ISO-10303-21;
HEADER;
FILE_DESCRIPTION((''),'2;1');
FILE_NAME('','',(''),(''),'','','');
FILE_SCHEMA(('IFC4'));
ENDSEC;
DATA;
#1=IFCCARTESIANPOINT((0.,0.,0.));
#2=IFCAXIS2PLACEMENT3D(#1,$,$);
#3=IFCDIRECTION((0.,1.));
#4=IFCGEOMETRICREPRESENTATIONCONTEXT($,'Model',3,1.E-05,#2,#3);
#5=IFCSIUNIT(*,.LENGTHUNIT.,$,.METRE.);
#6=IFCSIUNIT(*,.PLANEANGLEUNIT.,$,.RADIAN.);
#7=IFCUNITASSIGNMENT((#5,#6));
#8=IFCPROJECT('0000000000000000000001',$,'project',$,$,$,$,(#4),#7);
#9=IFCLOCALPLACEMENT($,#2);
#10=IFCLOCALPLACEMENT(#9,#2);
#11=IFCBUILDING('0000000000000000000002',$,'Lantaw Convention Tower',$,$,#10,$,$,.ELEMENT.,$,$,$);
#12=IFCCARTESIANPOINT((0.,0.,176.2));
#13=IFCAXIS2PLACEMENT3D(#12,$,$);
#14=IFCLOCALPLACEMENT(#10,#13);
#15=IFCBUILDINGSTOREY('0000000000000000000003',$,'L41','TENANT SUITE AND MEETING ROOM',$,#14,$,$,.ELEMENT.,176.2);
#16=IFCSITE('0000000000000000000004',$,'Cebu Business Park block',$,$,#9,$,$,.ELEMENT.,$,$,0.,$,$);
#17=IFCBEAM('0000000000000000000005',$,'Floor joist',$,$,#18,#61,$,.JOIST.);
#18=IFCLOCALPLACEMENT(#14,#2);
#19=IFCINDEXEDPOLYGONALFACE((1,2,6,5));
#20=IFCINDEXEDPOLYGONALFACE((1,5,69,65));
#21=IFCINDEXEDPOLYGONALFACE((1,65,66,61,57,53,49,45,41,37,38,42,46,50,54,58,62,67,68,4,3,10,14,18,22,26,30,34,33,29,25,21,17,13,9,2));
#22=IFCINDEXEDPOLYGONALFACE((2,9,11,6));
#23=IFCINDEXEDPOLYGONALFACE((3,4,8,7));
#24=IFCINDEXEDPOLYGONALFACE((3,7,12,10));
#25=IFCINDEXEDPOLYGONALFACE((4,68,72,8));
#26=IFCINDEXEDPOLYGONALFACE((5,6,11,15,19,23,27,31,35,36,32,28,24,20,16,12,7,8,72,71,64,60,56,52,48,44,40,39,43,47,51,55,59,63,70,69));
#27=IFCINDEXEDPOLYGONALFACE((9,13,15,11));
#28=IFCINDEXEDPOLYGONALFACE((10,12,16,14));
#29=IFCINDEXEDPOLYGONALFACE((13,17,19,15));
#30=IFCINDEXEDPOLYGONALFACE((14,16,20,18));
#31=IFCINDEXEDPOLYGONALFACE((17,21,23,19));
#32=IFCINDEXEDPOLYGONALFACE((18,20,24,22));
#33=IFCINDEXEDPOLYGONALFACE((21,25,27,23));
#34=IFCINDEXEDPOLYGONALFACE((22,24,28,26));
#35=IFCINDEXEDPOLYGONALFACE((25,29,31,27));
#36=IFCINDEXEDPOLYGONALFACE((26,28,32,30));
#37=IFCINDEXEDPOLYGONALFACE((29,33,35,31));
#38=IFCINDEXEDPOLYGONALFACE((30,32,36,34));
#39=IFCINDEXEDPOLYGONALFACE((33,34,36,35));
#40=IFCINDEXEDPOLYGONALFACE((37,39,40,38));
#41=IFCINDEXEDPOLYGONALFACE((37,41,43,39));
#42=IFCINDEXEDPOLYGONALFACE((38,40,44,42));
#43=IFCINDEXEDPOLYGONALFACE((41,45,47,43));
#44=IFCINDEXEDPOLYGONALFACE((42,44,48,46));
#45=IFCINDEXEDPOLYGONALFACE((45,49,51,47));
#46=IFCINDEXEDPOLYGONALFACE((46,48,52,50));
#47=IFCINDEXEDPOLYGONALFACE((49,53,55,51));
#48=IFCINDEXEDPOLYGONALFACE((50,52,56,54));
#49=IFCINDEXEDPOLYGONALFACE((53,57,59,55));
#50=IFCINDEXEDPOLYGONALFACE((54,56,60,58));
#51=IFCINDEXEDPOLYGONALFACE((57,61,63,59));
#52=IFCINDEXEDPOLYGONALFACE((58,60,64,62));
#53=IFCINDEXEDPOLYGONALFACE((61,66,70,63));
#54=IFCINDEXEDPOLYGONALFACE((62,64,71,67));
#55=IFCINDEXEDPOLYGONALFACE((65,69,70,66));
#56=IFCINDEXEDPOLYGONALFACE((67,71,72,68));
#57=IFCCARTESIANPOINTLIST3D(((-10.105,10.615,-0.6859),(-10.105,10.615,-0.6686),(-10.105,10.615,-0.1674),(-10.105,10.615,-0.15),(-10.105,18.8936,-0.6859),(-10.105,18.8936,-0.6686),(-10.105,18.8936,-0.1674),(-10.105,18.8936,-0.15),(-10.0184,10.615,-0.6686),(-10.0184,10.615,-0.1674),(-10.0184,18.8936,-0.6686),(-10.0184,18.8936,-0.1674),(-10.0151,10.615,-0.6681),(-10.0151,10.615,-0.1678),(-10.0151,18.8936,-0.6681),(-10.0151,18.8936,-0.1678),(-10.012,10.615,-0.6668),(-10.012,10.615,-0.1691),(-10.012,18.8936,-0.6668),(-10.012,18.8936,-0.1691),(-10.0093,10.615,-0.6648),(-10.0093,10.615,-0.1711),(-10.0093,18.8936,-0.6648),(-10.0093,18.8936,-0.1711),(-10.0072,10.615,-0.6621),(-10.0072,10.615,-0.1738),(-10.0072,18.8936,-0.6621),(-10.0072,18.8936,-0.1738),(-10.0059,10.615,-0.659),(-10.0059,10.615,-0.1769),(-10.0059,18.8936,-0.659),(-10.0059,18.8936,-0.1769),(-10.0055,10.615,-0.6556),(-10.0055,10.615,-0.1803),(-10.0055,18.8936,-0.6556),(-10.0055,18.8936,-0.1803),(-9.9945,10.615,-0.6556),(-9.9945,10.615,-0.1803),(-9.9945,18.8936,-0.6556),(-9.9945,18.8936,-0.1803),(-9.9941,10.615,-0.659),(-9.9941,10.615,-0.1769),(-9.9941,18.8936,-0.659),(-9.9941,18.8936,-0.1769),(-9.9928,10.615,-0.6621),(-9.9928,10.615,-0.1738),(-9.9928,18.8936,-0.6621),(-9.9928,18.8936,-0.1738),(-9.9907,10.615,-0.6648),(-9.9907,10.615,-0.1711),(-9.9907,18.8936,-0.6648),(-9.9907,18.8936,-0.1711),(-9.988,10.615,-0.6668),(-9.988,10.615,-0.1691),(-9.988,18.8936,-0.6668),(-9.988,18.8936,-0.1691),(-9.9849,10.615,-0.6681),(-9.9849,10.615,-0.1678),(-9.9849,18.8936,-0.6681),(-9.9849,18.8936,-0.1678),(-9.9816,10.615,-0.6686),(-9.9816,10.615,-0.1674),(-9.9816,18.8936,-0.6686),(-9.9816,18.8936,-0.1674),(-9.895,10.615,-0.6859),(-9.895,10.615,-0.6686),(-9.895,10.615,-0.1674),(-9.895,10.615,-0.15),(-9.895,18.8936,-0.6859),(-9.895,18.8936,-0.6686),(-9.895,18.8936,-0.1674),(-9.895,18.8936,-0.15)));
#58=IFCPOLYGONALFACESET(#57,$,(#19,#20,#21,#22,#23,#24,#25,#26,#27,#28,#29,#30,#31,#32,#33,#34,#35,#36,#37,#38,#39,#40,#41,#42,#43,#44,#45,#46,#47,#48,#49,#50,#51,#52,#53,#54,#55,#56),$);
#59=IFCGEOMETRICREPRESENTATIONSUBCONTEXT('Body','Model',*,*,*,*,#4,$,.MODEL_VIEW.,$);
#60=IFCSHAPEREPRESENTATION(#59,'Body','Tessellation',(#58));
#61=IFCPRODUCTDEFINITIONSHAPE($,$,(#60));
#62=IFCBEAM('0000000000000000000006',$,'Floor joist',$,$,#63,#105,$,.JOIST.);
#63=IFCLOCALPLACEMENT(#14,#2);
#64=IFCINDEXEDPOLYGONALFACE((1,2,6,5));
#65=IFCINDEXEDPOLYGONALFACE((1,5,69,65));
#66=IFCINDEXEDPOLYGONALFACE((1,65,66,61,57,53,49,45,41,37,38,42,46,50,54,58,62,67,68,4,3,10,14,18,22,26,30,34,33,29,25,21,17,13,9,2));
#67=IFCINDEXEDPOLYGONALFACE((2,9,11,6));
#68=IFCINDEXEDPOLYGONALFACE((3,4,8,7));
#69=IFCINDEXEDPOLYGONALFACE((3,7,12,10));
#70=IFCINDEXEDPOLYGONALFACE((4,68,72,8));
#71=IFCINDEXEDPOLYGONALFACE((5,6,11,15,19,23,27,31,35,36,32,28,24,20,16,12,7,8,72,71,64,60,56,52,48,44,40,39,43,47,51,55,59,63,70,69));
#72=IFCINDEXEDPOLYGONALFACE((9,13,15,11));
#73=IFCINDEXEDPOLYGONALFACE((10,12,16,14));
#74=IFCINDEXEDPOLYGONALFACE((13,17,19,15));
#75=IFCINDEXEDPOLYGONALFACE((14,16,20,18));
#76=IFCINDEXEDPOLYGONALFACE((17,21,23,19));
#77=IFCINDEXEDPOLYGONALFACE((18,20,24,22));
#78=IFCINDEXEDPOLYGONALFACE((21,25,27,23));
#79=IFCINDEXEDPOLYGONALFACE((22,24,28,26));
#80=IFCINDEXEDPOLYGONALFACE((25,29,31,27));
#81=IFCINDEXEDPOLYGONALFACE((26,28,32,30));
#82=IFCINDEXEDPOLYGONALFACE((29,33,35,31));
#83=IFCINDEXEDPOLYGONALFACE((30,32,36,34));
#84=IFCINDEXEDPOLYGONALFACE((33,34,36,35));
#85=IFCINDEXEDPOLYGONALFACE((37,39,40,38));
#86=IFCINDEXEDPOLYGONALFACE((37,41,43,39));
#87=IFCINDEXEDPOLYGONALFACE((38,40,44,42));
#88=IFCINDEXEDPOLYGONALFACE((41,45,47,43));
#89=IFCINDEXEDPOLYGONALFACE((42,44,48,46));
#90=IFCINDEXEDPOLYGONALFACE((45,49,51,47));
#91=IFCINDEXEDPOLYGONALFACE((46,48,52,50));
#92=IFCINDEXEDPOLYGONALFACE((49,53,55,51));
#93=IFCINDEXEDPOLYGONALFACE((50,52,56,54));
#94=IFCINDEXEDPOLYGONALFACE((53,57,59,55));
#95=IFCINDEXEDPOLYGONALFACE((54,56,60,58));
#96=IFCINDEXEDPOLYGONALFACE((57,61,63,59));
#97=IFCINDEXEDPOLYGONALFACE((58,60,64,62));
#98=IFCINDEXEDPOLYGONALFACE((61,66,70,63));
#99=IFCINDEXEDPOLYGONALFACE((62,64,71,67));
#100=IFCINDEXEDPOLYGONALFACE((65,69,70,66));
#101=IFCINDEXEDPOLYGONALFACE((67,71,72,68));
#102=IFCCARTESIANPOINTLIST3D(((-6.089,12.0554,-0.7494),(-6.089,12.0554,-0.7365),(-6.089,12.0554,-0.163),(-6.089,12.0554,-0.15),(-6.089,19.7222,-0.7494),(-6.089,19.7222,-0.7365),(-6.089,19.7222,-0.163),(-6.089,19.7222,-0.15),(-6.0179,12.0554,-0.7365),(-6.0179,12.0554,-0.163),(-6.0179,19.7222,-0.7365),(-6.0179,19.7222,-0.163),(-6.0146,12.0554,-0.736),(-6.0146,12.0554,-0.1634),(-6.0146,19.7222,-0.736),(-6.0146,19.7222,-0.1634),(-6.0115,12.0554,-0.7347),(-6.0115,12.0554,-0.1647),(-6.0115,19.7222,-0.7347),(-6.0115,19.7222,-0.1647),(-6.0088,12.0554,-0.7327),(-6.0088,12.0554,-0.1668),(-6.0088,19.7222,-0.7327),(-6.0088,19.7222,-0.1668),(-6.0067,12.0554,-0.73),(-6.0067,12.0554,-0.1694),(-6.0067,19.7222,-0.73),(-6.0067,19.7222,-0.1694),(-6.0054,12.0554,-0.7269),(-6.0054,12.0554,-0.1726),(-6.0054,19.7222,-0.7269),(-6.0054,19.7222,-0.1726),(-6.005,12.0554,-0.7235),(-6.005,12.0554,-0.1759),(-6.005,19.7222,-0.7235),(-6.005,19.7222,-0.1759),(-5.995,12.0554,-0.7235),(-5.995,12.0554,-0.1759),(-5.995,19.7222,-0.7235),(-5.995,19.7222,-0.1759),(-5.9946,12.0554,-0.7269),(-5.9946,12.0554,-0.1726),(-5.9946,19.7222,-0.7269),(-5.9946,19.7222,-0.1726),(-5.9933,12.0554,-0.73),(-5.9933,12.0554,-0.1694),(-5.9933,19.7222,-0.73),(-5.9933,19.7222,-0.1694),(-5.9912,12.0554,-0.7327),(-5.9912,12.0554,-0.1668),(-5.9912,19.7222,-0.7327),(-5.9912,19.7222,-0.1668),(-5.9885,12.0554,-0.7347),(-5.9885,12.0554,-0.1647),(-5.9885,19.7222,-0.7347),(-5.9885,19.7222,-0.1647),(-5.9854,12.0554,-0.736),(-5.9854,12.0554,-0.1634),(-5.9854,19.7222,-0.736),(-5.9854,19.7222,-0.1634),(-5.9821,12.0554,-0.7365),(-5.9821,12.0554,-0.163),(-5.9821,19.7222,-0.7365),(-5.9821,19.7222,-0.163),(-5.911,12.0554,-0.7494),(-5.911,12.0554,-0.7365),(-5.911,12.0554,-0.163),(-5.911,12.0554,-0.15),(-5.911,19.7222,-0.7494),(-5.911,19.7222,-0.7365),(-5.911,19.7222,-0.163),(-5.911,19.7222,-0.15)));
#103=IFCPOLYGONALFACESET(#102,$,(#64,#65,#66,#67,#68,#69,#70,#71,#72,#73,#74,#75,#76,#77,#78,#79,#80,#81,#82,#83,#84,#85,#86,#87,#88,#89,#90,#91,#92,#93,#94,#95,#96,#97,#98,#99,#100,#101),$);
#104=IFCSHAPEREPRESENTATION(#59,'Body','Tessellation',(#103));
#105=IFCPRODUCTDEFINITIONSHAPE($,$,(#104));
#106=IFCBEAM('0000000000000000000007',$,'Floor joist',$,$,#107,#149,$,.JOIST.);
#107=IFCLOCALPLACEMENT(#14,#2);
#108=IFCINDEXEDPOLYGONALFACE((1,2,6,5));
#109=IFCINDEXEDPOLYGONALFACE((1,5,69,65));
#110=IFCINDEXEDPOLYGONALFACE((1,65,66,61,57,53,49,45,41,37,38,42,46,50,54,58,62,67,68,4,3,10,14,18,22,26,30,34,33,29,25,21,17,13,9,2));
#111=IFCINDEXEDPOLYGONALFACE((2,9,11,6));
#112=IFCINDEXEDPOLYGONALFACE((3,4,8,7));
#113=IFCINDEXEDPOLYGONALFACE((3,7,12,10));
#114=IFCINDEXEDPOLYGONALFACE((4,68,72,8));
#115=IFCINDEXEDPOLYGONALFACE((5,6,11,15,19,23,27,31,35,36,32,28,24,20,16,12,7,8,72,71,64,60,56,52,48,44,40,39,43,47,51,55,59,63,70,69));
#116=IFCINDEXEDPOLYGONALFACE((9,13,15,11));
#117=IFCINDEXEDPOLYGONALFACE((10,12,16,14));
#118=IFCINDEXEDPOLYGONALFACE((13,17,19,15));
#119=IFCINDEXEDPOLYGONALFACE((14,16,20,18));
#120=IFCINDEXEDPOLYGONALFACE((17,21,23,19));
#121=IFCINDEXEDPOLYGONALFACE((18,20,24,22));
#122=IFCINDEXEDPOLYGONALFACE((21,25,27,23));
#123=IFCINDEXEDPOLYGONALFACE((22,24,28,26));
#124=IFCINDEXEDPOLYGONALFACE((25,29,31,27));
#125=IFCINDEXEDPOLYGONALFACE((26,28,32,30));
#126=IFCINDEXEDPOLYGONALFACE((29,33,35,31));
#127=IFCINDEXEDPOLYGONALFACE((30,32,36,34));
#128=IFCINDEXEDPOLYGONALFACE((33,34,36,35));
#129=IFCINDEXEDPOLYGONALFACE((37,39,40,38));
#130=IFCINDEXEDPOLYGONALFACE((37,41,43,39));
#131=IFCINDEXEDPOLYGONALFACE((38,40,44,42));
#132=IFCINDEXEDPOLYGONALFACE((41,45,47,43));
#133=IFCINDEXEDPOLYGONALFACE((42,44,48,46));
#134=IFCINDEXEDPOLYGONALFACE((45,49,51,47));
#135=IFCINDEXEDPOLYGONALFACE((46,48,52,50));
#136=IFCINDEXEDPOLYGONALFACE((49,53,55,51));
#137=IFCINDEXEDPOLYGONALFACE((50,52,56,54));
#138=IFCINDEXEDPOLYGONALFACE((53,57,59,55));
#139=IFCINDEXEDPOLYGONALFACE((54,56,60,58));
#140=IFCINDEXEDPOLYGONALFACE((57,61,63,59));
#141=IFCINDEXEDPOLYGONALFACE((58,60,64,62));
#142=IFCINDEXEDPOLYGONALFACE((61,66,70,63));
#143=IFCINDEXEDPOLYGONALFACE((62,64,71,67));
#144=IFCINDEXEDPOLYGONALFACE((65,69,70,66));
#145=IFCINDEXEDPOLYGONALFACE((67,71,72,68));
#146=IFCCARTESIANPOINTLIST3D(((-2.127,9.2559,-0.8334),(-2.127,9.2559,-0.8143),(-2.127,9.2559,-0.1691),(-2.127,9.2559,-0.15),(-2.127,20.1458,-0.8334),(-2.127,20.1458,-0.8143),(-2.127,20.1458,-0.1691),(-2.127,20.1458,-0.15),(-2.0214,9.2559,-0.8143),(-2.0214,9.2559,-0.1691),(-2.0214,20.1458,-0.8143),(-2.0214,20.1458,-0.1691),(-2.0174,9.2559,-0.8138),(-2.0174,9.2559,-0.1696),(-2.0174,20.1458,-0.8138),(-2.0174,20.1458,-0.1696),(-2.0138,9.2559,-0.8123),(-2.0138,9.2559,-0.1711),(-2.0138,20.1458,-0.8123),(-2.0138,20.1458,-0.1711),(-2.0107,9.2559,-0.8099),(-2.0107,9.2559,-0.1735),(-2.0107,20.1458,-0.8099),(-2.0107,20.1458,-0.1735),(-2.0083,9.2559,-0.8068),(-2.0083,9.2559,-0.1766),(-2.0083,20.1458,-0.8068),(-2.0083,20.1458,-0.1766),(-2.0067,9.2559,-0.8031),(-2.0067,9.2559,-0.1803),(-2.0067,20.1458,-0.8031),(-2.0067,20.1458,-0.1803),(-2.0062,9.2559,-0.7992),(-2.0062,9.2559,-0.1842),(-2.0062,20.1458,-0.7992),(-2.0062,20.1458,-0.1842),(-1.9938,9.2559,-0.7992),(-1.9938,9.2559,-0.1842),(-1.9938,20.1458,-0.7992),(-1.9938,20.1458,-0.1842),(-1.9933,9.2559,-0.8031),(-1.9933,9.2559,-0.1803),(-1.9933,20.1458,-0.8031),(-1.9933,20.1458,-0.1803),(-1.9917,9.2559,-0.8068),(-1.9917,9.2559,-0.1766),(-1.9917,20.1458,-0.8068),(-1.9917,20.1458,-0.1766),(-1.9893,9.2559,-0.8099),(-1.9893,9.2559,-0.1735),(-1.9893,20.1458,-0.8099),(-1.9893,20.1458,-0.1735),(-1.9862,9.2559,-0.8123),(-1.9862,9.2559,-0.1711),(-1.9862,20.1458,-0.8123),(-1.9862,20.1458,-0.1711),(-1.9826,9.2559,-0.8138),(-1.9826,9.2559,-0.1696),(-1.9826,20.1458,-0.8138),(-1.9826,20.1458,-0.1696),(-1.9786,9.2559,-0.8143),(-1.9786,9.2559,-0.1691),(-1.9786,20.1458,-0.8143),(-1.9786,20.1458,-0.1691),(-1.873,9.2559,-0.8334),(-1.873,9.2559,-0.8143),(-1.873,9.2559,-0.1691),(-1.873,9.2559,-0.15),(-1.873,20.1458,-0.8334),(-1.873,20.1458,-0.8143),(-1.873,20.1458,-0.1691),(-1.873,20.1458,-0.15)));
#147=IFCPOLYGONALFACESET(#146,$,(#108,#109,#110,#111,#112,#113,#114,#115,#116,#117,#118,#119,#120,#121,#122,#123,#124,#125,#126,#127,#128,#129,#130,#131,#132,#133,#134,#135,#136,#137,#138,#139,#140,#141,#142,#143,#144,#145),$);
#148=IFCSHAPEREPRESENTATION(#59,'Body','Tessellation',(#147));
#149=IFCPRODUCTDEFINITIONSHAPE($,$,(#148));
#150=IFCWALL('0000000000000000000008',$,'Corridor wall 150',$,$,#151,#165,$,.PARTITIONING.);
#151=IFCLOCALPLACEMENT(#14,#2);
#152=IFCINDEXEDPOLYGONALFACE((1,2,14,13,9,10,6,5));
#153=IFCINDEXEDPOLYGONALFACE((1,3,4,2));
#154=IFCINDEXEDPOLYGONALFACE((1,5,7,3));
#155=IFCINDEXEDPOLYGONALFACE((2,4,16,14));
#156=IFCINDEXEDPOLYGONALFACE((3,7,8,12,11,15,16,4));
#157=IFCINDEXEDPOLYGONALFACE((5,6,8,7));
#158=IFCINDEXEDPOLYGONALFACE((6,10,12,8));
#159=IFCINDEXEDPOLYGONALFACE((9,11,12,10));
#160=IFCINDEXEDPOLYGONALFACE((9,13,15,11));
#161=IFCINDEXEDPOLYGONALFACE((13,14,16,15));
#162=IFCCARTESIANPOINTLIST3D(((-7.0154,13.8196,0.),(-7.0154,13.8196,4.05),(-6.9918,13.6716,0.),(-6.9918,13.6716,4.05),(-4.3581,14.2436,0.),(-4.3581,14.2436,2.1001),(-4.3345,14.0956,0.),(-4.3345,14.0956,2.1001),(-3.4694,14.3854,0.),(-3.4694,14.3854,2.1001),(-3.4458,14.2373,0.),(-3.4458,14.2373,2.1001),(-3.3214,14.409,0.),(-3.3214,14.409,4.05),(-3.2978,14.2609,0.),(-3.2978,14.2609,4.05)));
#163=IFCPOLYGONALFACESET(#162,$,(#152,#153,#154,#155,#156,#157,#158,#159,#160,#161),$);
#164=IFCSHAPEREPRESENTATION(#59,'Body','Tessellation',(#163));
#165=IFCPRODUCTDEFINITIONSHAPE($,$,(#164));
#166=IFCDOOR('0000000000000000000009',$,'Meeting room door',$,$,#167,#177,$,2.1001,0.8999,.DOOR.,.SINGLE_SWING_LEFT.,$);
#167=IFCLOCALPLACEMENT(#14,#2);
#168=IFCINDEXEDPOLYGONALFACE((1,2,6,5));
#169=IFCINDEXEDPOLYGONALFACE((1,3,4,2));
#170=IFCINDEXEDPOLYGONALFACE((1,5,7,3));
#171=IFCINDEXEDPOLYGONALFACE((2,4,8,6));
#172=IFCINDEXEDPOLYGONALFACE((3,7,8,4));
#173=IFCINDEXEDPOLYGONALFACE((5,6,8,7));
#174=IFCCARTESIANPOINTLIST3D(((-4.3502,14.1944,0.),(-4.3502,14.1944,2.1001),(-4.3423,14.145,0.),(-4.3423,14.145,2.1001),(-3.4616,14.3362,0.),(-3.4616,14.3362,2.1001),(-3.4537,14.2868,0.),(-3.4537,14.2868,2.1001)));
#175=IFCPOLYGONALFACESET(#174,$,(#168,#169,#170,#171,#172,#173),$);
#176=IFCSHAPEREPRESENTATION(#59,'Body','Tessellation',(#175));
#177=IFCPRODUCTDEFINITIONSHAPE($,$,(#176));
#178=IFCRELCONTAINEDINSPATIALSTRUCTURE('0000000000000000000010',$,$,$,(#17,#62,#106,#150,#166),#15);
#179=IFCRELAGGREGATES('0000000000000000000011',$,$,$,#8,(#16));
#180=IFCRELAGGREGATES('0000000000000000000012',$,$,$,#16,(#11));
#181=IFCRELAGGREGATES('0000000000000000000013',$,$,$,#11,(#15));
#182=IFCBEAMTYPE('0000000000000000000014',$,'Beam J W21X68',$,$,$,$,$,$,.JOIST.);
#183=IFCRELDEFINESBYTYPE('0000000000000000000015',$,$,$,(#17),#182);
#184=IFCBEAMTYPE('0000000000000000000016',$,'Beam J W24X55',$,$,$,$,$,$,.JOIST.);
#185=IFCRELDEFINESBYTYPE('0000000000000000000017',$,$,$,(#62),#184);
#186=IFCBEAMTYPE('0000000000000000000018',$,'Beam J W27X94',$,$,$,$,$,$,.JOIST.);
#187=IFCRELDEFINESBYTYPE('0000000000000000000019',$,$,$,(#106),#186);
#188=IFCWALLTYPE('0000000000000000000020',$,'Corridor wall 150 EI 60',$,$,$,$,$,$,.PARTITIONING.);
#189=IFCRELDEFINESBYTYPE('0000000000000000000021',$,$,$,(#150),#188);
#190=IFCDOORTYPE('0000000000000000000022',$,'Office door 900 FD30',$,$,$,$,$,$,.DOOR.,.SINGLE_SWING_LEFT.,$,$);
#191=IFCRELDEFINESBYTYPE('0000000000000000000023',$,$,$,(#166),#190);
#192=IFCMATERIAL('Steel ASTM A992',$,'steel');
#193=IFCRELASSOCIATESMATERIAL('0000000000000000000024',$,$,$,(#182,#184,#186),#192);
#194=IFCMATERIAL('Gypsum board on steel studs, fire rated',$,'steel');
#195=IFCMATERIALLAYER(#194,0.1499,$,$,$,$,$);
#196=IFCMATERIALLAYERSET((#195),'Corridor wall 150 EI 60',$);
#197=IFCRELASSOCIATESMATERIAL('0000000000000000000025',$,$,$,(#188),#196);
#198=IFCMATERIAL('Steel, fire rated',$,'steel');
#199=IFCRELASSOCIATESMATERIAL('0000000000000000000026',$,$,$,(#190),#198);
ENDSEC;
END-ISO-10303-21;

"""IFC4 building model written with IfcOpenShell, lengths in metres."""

from ifc_helpers import new_model, si_unit, direction, frame, frame_2d, origin, origin_2d, place, context, subcontext, project, spatial, rectangle, i_section, extrude, material, layer, layer_set, material_profile, profile_set, type_object, element, fill, save


model = new_model("IFC4")

# Units and contexts
model_context = context("Model", 3, precision=1e-05, world=origin(), true_north=direction((0.0, 1.0)))
body_context = subcontext(model_context, "Body", "Model", "MODEL_VIEW")
ifc_project = project(units=[si_unit("LENGTHUNIT", "METRE"), si_unit("PLANEANGLEUNIT", "RADIAN")], contexts=[model_context])

# Site, building, storey
site_placement = place(None, origin())
site = spatial("IfcSite", under=ifc_project, at=site_placement, Name="Cebu Business Park block", CompositionType="ELEMENT", RefElevation=0.0)
building_placement = place(site_placement, origin())
building = spatial("IfcBuilding", under=site, at=building_placement, Name="Lantaw Convention Tower", CompositionType="ELEMENT")
storey_placement = place(building_placement, frame((0.0, 0.0, 176.2)))
storey = spatial("IfcBuildingStorey", under=building, at=storey_placement, Name="L41", Description="TENANT SUITE AND MEETING ROOM", CompositionType="ELEMENT", Elevation=176.2)

# Beams
ifc_material_1 = material(Name="Steel ASTM A992", Category="steel")
ifc_material_profile_1 = material_profile(ifc_material_1, i_section(OverallWidth=0.21, OverallDepth=0.5359, WebThickness=0.011, FlangeThickness=0.0173, FilletRadius=0.0129, at=origin_2d()), Name="W21X68")
ifc_profile_set_1 = profile_set([ifc_material_profile_1], Name="Steel ASTM A992")
beam_type_1 = type_object("IfcBeamType", Name="Beam J W21X68", PredefinedType="JOIST", material=ifc_profile_set_1)
beam_1_placement = place(storey_placement, frame((-10.0, 10.615, -0.418), z_axis=(0.0, 1.0, 0.0), x_axis=(-1.0, 0.0, 0.0)))
element("IfcBeam", 1, at=beam_1_placement, inside=storey, type_object=beam_type_1, Name="Floor joist", PredefinedType="JOIST", context=body_context, shape_type="SweptSolid", body=[
    extrude(i_section(OverallWidth=0.21, OverallDepth=0.5359, WebThickness=0.011, FlangeThickness=0.0173, FilletRadius=0.0129, at=origin_2d()), origin(), (0.0, 0.0, 1.0), 8.2786),
])
ifc_material_profile_2 = material_profile(ifc_material_1, i_section(OverallWidth=0.178, OverallDepth=0.5994, WebThickness=0.01, FlangeThickness=0.0129, FilletRadius=0.0129, at=origin_2d()), Name="W24X55")
ifc_profile_set_2 = profile_set([ifc_material_profile_2], Name="Steel ASTM A992")
beam_type_2 = type_object("IfcBeamType", Name="Beam J W24X55", PredefinedType="JOIST", material=ifc_profile_set_2)
beam_2_placement = place(storey_placement, frame((-6.0, 12.0554, -0.4497), z_axis=(0.0, 1.0, 0.0), x_axis=(-1.0, 0.0, 0.0)))
element("IfcBeam", 2, at=beam_2_placement, inside=storey, type_object=beam_type_2, Name="Floor joist", PredefinedType="JOIST", context=body_context, shape_type="SweptSolid", body=[
    extrude(i_section(OverallWidth=0.178, OverallDepth=0.5994, WebThickness=0.01, FlangeThickness=0.0129, FilletRadius=0.0129, at=origin_2d()), origin(), (0.0, 0.0, 1.0), 7.6667),
])
ifc_material_profile_3 = material_profile(ifc_material_1, i_section(OverallWidth=0.2539, OverallDepth=0.6833, WebThickness=0.0125, FlangeThickness=0.019, FilletRadius=0.0151, at=origin_2d()), Name="W27X94")
ifc_profile_set_3 = profile_set([ifc_material_profile_3], Name="Steel ASTM A992")
beam_type_3 = type_object("IfcBeamType", Name="Beam J W27X94", PredefinedType="JOIST", material=ifc_profile_set_3)
beam_3_placement = place(storey_placement, frame((-2.0, 9.2559, -0.4917), z_axis=(0.0, 1.0, 0.0), x_axis=(-1.0, 0.0, 0.0)))
element("IfcBeam", 3, at=beam_3_placement, inside=storey, type_object=beam_type_3, Name="Floor joist", PredefinedType="JOIST", context=body_context, shape_type="SweptSolid", body=[
    extrude(i_section(OverallWidth=0.2539, OverallDepth=0.6833, WebThickness=0.0125, FlangeThickness=0.019, FilletRadius=0.0151, at=origin_2d()), origin(), (0.0, 0.0, 1.0), 10.8899),
])

# Wall, opening, door
ifc_material_2 = material(Name="Gypsum board on steel studs, fire rated", Category="steel")
ifc_layer_1 = layer(ifc_material_2, 0.1499)
ifc_layer_set_1 = layer_set([ifc_layer_1], Name="Corridor wall 150 EI 60")
wall_type_1 = type_object("IfcWallType", Name="Corridor wall 150 EI 60", PredefinedType="PARTITIONING", material=ifc_layer_set_1)
wall_1_placement = place(storey_placement, frame((-3.3096, 14.335, 0.0), z_axis=(0.0, 0.0, 1.0), x_axis=(-0.987511, -0.157548, 0.0)))
wall_1 = element("IfcWall", 4, at=wall_1_placement, inside=storey, type_object=wall_type_1, Name="Corridor wall 150", PredefinedType="PARTITIONING", context=body_context, shape_type="SweptSolid", body=[
    extrude(rectangle(XDim=3.7407, YDim=0.1499, at=frame_2d((1.8704, 0.0))), origin(), (0.0, 0.0, 1.0), 4.05),
])
opening_1_placement = place(wall_1_placement, frame((0.1499, 0.0, 0.0)))
opening_1 = element("IfcOpeningElement", 5, at=opening_1_placement, cuts=wall_1, PredefinedType="OPENING", context=body_context, shape_type="SweptSolid", body=[
    extrude(rectangle(XDim=0.8999, YDim=2.1001, at=frame_2d((0.45, 1.05))), frame((0.0, 0.085, 0.0), z_axis=(0.0, -1.0, 0.0), x_axis=(1.0, 0.0, 0.0)), (0.0, 0.0, 1.0), 0.1699),
])
ifc_material_3 = material(Name="Steel, fire rated", Category="steel")
door_type_1 = type_object("IfcDoorType", Name="Office door 900 FD30", OperationType="SINGLE_SWING_LEFT", PredefinedType="DOOR", material=ifc_material_3)
door_1_placement = place(opening_1_placement, origin())
door_1 = element("IfcDoor", 6, at=door_1_placement, inside=storey, type_object=door_type_1, Name="Meeting room door", OperationType="SINGLE_SWING_LEFT", OverallHeight=2.1001, OverallWidth=0.8999, PredefinedType="DOOR", context=body_context, shape_type="SweptSolid", body=[
    extrude(rectangle(XDim=0.8999, YDim=2.1001, at=frame_2d((0.45, 1.05))), frame((0.0, 0.0249, 0.0), z_axis=(0.0, -1.0, 0.0), x_axis=(1.0, 0.0, 0.0)), (0.0, 0.0, 1.0), 0.05),
])
fill(opening_1, door_1)

save(model, "model.ifc")
